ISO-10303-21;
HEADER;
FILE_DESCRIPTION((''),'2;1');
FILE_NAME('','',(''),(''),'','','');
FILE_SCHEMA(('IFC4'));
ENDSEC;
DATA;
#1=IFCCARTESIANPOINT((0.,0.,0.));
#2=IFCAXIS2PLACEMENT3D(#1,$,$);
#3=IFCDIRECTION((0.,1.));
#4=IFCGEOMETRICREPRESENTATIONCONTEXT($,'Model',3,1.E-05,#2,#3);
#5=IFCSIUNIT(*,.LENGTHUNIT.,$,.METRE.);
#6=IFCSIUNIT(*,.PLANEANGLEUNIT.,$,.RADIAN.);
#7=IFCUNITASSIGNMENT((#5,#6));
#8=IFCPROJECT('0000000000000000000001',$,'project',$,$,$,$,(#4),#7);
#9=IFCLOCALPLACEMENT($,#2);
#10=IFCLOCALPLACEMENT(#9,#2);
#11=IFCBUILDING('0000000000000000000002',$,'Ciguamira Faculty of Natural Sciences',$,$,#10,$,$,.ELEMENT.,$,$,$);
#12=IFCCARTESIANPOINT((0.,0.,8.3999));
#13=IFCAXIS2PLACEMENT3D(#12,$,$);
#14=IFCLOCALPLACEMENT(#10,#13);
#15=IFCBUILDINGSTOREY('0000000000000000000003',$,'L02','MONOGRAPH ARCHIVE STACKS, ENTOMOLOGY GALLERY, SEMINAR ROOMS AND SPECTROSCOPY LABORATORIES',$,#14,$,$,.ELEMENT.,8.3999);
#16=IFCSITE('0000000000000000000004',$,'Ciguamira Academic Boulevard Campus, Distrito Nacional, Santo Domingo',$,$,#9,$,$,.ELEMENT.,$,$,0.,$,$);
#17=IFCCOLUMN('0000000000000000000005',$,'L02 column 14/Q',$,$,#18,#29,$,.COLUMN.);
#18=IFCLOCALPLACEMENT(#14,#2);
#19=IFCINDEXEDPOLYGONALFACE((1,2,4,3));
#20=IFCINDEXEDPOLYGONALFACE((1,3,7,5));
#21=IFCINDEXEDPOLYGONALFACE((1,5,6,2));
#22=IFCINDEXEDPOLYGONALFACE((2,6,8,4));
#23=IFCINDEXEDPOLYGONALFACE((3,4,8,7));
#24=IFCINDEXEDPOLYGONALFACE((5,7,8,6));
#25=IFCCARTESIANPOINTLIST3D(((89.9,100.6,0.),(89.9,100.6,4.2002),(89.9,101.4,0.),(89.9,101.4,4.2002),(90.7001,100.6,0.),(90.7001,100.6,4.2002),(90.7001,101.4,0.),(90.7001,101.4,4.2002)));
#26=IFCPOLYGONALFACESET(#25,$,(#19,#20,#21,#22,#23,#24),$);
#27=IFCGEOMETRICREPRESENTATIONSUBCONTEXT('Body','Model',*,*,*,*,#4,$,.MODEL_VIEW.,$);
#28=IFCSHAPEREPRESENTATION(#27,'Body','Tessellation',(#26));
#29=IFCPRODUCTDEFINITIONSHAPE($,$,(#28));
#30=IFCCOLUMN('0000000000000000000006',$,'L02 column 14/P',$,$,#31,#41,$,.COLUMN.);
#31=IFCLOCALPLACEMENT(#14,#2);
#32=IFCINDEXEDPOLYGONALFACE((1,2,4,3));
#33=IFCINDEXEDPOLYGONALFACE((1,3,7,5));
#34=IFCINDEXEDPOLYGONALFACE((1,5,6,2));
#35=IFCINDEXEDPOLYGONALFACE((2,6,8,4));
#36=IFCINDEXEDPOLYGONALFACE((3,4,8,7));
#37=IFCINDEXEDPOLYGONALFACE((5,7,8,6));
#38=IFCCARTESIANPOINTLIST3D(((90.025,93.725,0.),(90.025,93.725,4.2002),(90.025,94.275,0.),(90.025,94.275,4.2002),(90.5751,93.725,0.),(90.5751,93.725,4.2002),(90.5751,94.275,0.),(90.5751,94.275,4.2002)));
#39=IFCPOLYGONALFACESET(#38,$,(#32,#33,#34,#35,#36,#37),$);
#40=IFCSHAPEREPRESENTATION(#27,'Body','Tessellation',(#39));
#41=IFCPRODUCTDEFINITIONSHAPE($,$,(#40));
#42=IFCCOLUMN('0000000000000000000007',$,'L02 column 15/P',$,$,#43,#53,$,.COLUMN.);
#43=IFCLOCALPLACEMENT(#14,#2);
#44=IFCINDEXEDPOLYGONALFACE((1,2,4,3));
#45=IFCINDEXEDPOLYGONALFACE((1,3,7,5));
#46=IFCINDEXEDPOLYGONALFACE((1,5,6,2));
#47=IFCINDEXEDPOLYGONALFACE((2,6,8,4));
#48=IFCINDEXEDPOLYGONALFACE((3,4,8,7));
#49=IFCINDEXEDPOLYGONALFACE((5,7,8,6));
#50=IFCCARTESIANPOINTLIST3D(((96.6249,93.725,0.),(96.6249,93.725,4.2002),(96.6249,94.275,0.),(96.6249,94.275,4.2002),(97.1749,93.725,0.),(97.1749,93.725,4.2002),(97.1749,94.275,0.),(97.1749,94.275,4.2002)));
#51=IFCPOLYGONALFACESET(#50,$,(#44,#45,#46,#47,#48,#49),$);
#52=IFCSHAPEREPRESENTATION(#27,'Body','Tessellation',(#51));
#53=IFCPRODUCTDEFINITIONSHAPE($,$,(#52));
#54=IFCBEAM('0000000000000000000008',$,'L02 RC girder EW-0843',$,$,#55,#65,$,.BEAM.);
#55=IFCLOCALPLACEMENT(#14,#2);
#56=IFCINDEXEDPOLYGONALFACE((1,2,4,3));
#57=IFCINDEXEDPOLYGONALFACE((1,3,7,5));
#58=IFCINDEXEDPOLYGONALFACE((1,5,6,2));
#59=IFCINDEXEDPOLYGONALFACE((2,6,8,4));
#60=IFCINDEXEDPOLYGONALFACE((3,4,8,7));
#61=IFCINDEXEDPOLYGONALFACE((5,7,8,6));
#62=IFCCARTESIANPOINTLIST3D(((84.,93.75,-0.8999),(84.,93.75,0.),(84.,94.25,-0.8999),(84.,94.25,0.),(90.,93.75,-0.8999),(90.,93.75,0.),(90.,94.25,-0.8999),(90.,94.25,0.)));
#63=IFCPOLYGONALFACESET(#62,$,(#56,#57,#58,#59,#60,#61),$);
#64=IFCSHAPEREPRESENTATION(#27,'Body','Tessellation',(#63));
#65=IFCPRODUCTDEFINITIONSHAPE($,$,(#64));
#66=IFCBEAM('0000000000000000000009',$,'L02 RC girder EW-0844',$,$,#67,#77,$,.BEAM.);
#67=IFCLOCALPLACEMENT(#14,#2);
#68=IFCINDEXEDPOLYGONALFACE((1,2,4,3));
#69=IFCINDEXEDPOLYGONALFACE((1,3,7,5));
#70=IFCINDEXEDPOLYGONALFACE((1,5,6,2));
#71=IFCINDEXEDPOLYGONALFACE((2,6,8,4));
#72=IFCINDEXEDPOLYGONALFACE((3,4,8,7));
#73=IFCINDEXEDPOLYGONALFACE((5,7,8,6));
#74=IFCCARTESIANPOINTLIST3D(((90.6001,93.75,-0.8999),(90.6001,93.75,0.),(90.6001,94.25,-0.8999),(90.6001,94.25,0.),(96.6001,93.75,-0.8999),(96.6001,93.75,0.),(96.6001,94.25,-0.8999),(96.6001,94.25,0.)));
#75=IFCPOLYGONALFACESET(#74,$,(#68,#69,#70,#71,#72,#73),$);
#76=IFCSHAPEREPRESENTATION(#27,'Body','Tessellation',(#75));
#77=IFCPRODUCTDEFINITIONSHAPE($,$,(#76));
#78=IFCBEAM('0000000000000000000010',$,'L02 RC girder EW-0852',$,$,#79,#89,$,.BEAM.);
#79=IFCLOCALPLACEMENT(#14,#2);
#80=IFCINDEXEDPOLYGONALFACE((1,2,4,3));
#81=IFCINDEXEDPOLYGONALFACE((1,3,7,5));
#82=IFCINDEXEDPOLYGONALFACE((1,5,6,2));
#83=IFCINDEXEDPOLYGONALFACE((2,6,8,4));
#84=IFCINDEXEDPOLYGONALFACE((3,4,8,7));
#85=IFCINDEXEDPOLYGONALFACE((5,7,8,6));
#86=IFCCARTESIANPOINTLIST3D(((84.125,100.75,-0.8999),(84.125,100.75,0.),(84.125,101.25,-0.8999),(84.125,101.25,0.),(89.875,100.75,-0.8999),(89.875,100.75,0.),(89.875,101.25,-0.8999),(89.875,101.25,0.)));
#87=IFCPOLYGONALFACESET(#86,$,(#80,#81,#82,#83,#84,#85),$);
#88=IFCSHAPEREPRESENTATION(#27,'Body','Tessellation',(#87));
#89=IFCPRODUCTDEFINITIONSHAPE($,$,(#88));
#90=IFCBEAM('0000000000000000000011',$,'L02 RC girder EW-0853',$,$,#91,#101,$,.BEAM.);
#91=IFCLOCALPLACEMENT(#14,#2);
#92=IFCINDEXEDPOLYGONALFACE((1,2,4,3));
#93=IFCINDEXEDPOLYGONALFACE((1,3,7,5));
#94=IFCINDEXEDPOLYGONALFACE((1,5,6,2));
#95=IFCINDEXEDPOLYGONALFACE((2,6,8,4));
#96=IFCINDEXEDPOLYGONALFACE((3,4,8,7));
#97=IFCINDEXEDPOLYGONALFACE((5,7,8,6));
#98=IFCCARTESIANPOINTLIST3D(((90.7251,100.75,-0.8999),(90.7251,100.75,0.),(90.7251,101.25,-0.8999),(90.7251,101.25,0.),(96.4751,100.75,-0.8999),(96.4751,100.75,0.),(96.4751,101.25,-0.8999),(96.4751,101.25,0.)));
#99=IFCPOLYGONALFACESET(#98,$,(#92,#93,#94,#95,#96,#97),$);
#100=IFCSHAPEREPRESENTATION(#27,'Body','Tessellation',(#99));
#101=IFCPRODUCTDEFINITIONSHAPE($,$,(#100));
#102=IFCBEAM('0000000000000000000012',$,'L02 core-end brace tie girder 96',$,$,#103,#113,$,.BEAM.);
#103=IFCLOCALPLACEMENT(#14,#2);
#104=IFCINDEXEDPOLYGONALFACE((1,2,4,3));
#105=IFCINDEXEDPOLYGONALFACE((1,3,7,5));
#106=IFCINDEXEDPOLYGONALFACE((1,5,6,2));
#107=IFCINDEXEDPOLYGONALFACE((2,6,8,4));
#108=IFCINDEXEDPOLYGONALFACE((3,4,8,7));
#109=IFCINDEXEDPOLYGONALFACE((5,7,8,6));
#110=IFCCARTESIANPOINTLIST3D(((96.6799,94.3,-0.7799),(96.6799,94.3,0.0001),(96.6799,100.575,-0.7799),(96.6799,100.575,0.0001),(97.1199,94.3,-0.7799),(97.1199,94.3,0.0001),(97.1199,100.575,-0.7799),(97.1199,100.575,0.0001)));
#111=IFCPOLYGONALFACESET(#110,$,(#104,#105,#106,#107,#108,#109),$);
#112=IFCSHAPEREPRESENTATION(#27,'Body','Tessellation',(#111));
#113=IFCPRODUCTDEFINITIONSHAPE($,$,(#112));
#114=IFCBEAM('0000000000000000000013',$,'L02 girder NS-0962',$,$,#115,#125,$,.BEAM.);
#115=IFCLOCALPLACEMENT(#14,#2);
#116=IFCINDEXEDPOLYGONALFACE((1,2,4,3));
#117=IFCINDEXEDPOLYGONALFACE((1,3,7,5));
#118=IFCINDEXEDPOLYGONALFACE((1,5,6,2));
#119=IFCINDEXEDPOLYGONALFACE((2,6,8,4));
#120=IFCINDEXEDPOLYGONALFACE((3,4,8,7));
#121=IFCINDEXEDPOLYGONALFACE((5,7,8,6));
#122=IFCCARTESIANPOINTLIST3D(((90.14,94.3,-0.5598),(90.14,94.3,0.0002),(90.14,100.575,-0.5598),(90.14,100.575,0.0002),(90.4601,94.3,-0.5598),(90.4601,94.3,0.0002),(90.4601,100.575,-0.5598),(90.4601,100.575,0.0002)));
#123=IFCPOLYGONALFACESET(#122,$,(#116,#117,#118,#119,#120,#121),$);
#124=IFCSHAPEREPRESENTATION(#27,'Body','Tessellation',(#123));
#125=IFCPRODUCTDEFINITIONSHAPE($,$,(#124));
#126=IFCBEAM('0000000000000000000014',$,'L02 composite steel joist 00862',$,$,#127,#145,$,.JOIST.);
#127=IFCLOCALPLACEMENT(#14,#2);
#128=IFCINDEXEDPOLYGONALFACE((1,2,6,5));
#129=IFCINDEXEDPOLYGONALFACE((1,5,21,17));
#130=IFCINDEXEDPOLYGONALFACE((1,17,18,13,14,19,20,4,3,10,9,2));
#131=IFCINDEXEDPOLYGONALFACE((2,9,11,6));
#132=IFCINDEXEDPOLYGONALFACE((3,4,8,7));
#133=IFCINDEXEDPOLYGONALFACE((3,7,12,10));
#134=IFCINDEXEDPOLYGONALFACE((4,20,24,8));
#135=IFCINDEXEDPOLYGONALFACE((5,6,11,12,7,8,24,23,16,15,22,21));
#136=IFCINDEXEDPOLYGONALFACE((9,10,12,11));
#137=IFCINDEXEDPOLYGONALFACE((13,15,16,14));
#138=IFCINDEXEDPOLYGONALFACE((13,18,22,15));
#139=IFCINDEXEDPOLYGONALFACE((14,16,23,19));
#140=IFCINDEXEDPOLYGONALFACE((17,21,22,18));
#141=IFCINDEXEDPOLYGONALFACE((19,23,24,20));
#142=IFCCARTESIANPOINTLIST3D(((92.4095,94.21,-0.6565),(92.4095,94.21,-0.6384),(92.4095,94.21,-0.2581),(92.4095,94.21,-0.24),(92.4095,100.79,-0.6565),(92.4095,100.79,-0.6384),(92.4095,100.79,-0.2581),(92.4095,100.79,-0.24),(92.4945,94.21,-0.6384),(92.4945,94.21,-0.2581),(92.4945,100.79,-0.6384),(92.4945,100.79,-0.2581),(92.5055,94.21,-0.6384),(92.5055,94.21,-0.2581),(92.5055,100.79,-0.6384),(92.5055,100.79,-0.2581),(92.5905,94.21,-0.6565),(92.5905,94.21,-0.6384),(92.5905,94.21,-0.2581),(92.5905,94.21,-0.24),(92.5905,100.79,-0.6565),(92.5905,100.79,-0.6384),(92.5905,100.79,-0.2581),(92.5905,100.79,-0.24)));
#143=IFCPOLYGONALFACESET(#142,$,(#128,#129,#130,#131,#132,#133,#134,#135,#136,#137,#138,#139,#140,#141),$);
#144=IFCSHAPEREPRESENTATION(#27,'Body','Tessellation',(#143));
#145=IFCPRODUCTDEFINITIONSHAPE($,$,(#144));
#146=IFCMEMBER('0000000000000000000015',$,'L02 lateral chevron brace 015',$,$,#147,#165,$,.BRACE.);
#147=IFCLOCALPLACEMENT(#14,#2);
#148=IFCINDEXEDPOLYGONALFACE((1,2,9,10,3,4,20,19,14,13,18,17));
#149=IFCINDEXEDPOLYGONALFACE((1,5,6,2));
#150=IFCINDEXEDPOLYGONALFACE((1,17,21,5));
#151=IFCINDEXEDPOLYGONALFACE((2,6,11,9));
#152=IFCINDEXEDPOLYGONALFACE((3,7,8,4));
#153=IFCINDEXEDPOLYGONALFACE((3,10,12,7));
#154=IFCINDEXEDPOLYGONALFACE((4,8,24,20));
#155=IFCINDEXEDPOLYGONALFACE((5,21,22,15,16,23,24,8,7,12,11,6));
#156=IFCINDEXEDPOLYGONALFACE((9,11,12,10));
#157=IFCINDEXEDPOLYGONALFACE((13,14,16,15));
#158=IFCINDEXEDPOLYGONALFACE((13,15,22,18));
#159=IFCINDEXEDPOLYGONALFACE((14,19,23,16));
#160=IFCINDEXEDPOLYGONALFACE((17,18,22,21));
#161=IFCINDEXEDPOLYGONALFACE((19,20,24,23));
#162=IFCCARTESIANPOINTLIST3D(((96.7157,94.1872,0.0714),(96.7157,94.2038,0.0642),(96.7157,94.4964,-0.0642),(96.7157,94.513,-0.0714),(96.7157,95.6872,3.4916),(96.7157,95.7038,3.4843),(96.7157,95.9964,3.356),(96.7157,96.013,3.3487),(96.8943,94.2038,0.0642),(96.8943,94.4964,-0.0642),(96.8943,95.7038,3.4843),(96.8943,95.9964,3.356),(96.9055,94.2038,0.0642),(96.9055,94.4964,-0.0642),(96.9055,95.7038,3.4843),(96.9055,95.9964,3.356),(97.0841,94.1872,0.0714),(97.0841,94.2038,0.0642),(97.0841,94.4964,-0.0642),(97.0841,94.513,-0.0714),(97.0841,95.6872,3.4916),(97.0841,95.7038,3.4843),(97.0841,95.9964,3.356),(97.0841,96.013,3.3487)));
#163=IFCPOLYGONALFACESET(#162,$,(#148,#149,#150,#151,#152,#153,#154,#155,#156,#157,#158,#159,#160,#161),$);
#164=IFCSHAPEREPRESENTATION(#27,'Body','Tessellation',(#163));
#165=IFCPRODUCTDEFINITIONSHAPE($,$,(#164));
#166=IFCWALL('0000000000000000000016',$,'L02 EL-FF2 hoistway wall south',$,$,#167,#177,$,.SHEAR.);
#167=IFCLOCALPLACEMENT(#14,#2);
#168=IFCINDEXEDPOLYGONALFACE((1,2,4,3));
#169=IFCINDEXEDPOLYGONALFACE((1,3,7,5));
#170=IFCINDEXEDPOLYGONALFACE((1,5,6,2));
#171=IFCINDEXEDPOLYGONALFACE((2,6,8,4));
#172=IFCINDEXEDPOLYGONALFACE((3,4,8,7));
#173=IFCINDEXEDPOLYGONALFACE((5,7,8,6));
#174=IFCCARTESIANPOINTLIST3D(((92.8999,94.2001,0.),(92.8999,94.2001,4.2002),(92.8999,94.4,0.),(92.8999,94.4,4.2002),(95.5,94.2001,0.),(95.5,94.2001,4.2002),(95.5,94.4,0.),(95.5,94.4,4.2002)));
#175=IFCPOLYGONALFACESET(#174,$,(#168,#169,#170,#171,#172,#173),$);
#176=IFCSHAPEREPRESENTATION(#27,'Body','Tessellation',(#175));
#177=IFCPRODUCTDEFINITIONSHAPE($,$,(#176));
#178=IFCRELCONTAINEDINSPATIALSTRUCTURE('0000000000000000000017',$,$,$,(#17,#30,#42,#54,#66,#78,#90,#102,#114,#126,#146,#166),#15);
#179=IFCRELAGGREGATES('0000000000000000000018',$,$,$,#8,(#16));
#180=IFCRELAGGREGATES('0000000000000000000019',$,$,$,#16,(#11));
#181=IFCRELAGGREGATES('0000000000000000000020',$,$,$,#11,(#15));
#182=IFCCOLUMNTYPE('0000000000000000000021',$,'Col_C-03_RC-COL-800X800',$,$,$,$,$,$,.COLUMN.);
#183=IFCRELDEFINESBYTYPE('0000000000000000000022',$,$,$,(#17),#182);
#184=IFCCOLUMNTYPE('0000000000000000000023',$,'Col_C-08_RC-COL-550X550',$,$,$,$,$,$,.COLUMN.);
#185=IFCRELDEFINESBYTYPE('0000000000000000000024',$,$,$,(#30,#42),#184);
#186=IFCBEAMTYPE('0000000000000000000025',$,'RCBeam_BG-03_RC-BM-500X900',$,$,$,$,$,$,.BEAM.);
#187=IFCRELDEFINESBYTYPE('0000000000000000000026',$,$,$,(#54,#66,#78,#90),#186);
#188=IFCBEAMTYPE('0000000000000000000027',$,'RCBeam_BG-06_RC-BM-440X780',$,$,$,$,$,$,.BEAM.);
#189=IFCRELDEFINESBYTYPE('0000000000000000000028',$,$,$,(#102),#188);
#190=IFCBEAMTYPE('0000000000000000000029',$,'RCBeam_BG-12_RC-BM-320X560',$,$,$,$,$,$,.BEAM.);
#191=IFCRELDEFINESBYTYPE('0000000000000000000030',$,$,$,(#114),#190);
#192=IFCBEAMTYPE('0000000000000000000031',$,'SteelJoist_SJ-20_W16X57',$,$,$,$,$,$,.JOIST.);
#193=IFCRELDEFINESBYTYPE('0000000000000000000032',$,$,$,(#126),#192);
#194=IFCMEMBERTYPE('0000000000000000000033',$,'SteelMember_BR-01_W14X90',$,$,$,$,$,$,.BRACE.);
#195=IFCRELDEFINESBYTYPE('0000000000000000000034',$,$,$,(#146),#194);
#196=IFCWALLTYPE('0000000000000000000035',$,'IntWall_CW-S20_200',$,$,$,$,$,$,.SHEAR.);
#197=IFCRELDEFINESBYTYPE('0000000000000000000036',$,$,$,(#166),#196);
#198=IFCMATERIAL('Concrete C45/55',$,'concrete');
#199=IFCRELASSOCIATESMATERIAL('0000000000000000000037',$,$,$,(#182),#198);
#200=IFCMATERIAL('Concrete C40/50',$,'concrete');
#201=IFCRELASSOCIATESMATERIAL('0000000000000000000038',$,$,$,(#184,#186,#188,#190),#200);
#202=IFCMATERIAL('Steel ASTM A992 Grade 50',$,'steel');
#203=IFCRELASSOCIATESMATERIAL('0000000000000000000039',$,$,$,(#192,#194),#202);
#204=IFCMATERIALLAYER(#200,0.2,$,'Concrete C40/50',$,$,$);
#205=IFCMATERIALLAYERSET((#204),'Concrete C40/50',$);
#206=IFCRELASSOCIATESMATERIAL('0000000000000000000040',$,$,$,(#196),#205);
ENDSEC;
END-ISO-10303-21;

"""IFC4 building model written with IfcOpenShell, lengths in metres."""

from ifc_helpers import new_model, si_unit, direction, frame, frame_2d, origin, origin_2d, place, context, subcontext, project, spatial, rectangle, i_section, extrude, material, layer, layer_set, material_profile, profile_set, type_object, element, save


model = new_model("IFC4")

# Units and contexts
model_context = context("Model", 3, precision=1e-05, world=origin(), true_north=direction((0.0, 1.0)))
body_context = subcontext(model_context, "Body", "Model", "MODEL_VIEW")
ifc_project = project(units=[si_unit("LENGTHUNIT", "METRE"), si_unit("PLANEANGLEUNIT", "RADIAN")], contexts=[model_context])

# Site, building, storey
site_placement = place(None, origin())
site = spatial("IfcSite", under=ifc_project, at=site_placement, Name="Ciguamira Academic Boulevard Campus, Distrito Nacional, Santo Domingo", CompositionType="ELEMENT", RefElevation=0.0)
building_placement = place(site_placement, origin())
building = spatial("IfcBuilding", under=site, at=building_placement, Name="Ciguamira Faculty of Natural Sciences", CompositionType="ELEMENT")
storey_placement = place(building_placement, frame((0.0, 0.0, 8.3999)))
storey = spatial("IfcBuildingStorey", under=building, at=storey_placement, Name="L02", Description="MONOGRAPH ARCHIVE STACKS, ENTOMOLOGY GALLERY, SEMINAR ROOMS AND SPECTROSCOPY LABORATORIES", CompositionType="ELEMENT", Elevation=8.3999)

# Columns
ifc_material_1 = material(Name="Concrete C45/55", Category="concrete")
ifc_material_profile_1 = material_profile(ifc_material_1, rectangle(XDim=0.8, YDim=0.8, at=origin_2d()), Name="RC-COL-800X800")
ifc_profile_set_1 = profile_set([ifc_material_profile_1], Name="Concrete C45/55")
column_type_1 = type_object("IfcColumnType", Name="Col_C-03_RC-COL-800X800", PredefinedType="COLUMN", material=ifc_profile_set_1)
column_placement = place(storey_placement, frame((90.3, 101.0, 0.0), z_axis=(0.0, 0.0, 1.0), x_axis=(1.0, 0.0, 0.0)))
element("IfcColumn", 1, at=column_placement, inside=storey, type_object=column_type_1, Name="L02 column 14/Q", PredefinedType="COLUMN", context=body_context, shape_type="SweptSolid", body=[
    extrude(rectangle(XDim=0.8, YDim=0.8, at=origin_2d()), origin(), (0.0, 0.0, 1.0), 4.2002),
])
ifc_material_2 = material(Name="Concrete C40/50", Category="concrete")
ifc_material_profile_2 = material_profile(ifc_material_2, rectangle(XDim=0.55, YDim=0.55, at=origin_2d()), Name="RC-COL-550X550")
ifc_profile_set_2 = profile_set([ifc_material_profile_2], Name="Concrete C40/50")
column_type_2 = type_object("IfcColumnType", Name="Col_C-08_RC-COL-550X550", PredefinedType="COLUMN", material=ifc_profile_set_2)
for number, where, z_axis, x_axis, name in (
    (2, (90.3, 94.0, 0.0), (0.0, 0.0, 1.0), (1.0, 0.0, 0.0), "L02 column 14/P"),
    (3, (96.8999, 94.0, 0.0), (0.0, 0.0, 1.0), (1.0, 0.0, 0.0), "L02 column 15/P"),
):
    element("IfcColumn", number, at=place(storey_placement, frame(where, z_axis=z_axis, x_axis=x_axis)), inside=storey, type_object=column_type_2, Name=name, PredefinedType="COLUMN", context=body_context, shape_type="SweptSolid", body=[
        extrude(rectangle(XDim=0.55, YDim=0.55, at=origin_2d()), origin(), (0.0, 0.0, 1.0), 4.2002),
    ])

# Beams
ifc_material_profile_3 = material_profile(ifc_material_2, rectangle(XDim=0.5, YDim=0.8999, at=origin_2d()), Name="RC-BM-500X900")
ifc_profile_set_3 = profile_set([ifc_material_profile_3], Name="Concrete C40/50")
beam_type_1 = type_object("IfcBeamType", Name="RCBeam_BG-03_RC-BM-500X900", PredefinedType="BEAM", material=ifc_profile_set_3)
for number, where, z_axis, x_axis, name in (
    (4, (84.0, 94.0, -0.45), (1.0, 0.0, 0.0), (0.0, 1.0, 0.0), "L02 RC girder EW-0843"),
    (5, (90.6001, 94.0, -0.45), (1.0, 0.0, 0.0), (0.0, 1.0, 0.0), "L02 RC girder EW-0844"),
):
    element("IfcBeam", number, at=place(storey_placement, frame(where, z_axis=z_axis, x_axis=x_axis)), inside=storey, type_object=beam_type_1, Name=name, PredefinedType="BEAM", context=body_context, shape_type="SweptSolid", body=[
        extrude(rectangle(XDim=0.5, YDim=0.8999, at=origin_2d()), origin(), (0.0, 0.0, 1.0), 6.0),
    ])
for number, where, z_axis, x_axis, name in (
    (6, (84.125, 101.0, -0.45), (1.0, 0.0, 0.0), (0.0, 1.0, 0.0), "L02 RC girder EW-0852"),
    (7, (90.7251, 101.0, -0.45), (1.0, 0.0, 0.0), (0.0, 1.0, 0.0), "L02 RC girder EW-0853"),
):
    element("IfcBeam", number, at=place(storey_placement, frame(where, z_axis=z_axis, x_axis=x_axis)), inside=storey, type_object=beam_type_1, Name=name, PredefinedType="BEAM", context=body_context, shape_type="SweptSolid", body=[
        extrude(rectangle(XDim=0.5, YDim=0.8999, at=origin_2d()), origin(), (0.0, 0.0, 1.0), 5.75),
    ])
ifc_material_profile_4 = material_profile(ifc_material_2, rectangle(XDim=0.4399, YDim=0.78, at=origin_2d()), Name="RC-BM-440X780")
ifc_profile_set_4 = profile_set([ifc_material_profile_4], Name="Concrete C40/50")
beam_type_2 = type_object("IfcBeamType", Name="RCBeam_BG-06_RC-BM-440X780", PredefinedType="BEAM", material=ifc_profile_set_4)
beam_1_placement = place(storey_placement, frame((96.8999, 94.3, -0.3899), z_axis=(0.0, 1.0, 0.0), x_axis=(-1.0, 0.0, 0.0)))
element("IfcBeam", 8, at=beam_1_placement, inside=storey, type_object=beam_type_2, Name="L02 core-end brace tie girder 96", PredefinedType="BEAM", context=body_context, shape_type="SweptSolid", body=[
    extrude(rectangle(XDim=0.4399, YDim=0.78, at=origin_2d()), origin(), (0.0, 0.0, 1.0), 6.2749),
])
ifc_material_profile_5 = material_profile(ifc_material_2, rectangle(XDim=0.3201, YDim=0.5601, at=origin_2d()), Name="RC-BM-320X560")
ifc_profile_set_5 = profile_set([ifc_material_profile_5], Name="Concrete C40/50")
beam_type_3 = type_object("IfcBeamType", Name="RCBeam_BG-12_RC-BM-320X560", PredefinedType="BEAM", material=ifc_profile_set_5)
beam_2_placement = place(storey_placement, frame((90.3, 94.3, -0.2798), z_axis=(0.0, 1.0, 0.0), x_axis=(-1.0, 0.0, 0.0)))
element("IfcBeam", 9, at=beam_2_placement, inside=storey, type_object=beam_type_3, Name="L02 girder NS-0962", PredefinedType="BEAM", context=body_context, shape_type="SweptSolid", body=[
    extrude(rectangle(XDim=0.3201, YDim=0.5601, at=origin_2d()), origin(), (0.0, 0.0, 1.0), 6.2749),
])
ifc_material_3 = material(Name="Steel ASTM A992 Grade 50", Category="steel")
ifc_material_profile_6 = material_profile(ifc_material_3, i_section(OverallWidth=0.1809, OverallDepth=0.4165, WebThickness=0.011, FlangeThickness=0.0181, at=origin_2d()), Name="W16X57")
ifc_profile_set_6 = profile_set([ifc_material_profile_6], Name="Steel ASTM A992 Grade 50")
beam_type_4 = type_object("IfcBeamType", Name="SteelJoist_SJ-20_W16X57", PredefinedType="JOIST", material=ifc_profile_set_6)
beam_3_placement = place(storey_placement, frame((92.5, 94.21, -0.4482), z_axis=(0.0, 1.0, 0.0), x_axis=(-1.0, 0.0, 0.0)))
element("IfcBeam", 10, at=beam_3_placement, inside=storey, type_object=beam_type_4, Name="L02 composite steel joist 00862", PredefinedType="JOIST", context=body_context, shape_type="SweptSolid", body=[
    extrude(i_section(OverallWidth=0.1809, OverallDepth=0.4165, WebThickness=0.011, FlangeThickness=0.0181, at=origin_2d()), origin(), (0.0, 0.0, 1.0), 6.5801),
])

# Member
ifc_material_profile_7 = material_profile(ifc_material_3, i_section(OverallWidth=0.3684, OverallDepth=0.3557, WebThickness=0.0112, FlangeThickness=0.0181, at=origin_2d()), Name="W14X90")
ifc_profile_set_7 = profile_set([ifc_material_profile_7], Name="Steel ASTM A992 Grade 50")
member_type = type_object("IfcMemberType", Name="SteelMember_BR-01_W14X90", PredefinedType="BRACE", material=ifc_profile_set_7)
member_placement = place(storey_placement, frame((96.8999, 94.3501, 0.0), z_axis=(0.0, 0.401645, 0.915795), x_axis=(-1.0, 0.0, 0.0)))
element("IfcMember", 11, at=member_placement, inside=storey, type_object=member_type, Name="L02 lateral chevron brace 015", PredefinedType="BRACE", context=body_context, shape_type="SweptSolid", body=[
    extrude(i_section(OverallWidth=0.3684, OverallDepth=0.3557, WebThickness=0.0112, FlangeThickness=0.0181, at=origin_2d()), origin(), (0.0, 0.0, 1.0), 3.7346),
])

# Wall
ifc_layer_1 = layer(ifc_material_2, 0.2, Name="Concrete C40/50")
ifc_layer_set_1 = layer_set([ifc_layer_1], Name="Concrete C40/50")
wall_type_1 = type_object("IfcWallType", Name="IntWall_CW-S20_200", PredefinedType="SHEAR", material=ifc_layer_set_1)
wall_1_placement = place(storey_placement, frame((92.8999, 94.3, 0.0), z_axis=(0.0, 0.0, 1.0), x_axis=(1.0, 0.0, 0.0)))
element("IfcWall", 12, at=wall_1_placement, inside=storey, type_object=wall_type_1, Name="L02 EL-FF2 hoistway wall south", PredefinedType="SHEAR", context=body_context, shape_type="SweptSolid", body=[
    extrude(rectangle(XDim=2.6001, YDim=0.2, at=frame_2d((1.3, 0.0))), origin(), (0.0, 0.0, 1.0), 4.2002),
])

save(model, "model.ifc")
